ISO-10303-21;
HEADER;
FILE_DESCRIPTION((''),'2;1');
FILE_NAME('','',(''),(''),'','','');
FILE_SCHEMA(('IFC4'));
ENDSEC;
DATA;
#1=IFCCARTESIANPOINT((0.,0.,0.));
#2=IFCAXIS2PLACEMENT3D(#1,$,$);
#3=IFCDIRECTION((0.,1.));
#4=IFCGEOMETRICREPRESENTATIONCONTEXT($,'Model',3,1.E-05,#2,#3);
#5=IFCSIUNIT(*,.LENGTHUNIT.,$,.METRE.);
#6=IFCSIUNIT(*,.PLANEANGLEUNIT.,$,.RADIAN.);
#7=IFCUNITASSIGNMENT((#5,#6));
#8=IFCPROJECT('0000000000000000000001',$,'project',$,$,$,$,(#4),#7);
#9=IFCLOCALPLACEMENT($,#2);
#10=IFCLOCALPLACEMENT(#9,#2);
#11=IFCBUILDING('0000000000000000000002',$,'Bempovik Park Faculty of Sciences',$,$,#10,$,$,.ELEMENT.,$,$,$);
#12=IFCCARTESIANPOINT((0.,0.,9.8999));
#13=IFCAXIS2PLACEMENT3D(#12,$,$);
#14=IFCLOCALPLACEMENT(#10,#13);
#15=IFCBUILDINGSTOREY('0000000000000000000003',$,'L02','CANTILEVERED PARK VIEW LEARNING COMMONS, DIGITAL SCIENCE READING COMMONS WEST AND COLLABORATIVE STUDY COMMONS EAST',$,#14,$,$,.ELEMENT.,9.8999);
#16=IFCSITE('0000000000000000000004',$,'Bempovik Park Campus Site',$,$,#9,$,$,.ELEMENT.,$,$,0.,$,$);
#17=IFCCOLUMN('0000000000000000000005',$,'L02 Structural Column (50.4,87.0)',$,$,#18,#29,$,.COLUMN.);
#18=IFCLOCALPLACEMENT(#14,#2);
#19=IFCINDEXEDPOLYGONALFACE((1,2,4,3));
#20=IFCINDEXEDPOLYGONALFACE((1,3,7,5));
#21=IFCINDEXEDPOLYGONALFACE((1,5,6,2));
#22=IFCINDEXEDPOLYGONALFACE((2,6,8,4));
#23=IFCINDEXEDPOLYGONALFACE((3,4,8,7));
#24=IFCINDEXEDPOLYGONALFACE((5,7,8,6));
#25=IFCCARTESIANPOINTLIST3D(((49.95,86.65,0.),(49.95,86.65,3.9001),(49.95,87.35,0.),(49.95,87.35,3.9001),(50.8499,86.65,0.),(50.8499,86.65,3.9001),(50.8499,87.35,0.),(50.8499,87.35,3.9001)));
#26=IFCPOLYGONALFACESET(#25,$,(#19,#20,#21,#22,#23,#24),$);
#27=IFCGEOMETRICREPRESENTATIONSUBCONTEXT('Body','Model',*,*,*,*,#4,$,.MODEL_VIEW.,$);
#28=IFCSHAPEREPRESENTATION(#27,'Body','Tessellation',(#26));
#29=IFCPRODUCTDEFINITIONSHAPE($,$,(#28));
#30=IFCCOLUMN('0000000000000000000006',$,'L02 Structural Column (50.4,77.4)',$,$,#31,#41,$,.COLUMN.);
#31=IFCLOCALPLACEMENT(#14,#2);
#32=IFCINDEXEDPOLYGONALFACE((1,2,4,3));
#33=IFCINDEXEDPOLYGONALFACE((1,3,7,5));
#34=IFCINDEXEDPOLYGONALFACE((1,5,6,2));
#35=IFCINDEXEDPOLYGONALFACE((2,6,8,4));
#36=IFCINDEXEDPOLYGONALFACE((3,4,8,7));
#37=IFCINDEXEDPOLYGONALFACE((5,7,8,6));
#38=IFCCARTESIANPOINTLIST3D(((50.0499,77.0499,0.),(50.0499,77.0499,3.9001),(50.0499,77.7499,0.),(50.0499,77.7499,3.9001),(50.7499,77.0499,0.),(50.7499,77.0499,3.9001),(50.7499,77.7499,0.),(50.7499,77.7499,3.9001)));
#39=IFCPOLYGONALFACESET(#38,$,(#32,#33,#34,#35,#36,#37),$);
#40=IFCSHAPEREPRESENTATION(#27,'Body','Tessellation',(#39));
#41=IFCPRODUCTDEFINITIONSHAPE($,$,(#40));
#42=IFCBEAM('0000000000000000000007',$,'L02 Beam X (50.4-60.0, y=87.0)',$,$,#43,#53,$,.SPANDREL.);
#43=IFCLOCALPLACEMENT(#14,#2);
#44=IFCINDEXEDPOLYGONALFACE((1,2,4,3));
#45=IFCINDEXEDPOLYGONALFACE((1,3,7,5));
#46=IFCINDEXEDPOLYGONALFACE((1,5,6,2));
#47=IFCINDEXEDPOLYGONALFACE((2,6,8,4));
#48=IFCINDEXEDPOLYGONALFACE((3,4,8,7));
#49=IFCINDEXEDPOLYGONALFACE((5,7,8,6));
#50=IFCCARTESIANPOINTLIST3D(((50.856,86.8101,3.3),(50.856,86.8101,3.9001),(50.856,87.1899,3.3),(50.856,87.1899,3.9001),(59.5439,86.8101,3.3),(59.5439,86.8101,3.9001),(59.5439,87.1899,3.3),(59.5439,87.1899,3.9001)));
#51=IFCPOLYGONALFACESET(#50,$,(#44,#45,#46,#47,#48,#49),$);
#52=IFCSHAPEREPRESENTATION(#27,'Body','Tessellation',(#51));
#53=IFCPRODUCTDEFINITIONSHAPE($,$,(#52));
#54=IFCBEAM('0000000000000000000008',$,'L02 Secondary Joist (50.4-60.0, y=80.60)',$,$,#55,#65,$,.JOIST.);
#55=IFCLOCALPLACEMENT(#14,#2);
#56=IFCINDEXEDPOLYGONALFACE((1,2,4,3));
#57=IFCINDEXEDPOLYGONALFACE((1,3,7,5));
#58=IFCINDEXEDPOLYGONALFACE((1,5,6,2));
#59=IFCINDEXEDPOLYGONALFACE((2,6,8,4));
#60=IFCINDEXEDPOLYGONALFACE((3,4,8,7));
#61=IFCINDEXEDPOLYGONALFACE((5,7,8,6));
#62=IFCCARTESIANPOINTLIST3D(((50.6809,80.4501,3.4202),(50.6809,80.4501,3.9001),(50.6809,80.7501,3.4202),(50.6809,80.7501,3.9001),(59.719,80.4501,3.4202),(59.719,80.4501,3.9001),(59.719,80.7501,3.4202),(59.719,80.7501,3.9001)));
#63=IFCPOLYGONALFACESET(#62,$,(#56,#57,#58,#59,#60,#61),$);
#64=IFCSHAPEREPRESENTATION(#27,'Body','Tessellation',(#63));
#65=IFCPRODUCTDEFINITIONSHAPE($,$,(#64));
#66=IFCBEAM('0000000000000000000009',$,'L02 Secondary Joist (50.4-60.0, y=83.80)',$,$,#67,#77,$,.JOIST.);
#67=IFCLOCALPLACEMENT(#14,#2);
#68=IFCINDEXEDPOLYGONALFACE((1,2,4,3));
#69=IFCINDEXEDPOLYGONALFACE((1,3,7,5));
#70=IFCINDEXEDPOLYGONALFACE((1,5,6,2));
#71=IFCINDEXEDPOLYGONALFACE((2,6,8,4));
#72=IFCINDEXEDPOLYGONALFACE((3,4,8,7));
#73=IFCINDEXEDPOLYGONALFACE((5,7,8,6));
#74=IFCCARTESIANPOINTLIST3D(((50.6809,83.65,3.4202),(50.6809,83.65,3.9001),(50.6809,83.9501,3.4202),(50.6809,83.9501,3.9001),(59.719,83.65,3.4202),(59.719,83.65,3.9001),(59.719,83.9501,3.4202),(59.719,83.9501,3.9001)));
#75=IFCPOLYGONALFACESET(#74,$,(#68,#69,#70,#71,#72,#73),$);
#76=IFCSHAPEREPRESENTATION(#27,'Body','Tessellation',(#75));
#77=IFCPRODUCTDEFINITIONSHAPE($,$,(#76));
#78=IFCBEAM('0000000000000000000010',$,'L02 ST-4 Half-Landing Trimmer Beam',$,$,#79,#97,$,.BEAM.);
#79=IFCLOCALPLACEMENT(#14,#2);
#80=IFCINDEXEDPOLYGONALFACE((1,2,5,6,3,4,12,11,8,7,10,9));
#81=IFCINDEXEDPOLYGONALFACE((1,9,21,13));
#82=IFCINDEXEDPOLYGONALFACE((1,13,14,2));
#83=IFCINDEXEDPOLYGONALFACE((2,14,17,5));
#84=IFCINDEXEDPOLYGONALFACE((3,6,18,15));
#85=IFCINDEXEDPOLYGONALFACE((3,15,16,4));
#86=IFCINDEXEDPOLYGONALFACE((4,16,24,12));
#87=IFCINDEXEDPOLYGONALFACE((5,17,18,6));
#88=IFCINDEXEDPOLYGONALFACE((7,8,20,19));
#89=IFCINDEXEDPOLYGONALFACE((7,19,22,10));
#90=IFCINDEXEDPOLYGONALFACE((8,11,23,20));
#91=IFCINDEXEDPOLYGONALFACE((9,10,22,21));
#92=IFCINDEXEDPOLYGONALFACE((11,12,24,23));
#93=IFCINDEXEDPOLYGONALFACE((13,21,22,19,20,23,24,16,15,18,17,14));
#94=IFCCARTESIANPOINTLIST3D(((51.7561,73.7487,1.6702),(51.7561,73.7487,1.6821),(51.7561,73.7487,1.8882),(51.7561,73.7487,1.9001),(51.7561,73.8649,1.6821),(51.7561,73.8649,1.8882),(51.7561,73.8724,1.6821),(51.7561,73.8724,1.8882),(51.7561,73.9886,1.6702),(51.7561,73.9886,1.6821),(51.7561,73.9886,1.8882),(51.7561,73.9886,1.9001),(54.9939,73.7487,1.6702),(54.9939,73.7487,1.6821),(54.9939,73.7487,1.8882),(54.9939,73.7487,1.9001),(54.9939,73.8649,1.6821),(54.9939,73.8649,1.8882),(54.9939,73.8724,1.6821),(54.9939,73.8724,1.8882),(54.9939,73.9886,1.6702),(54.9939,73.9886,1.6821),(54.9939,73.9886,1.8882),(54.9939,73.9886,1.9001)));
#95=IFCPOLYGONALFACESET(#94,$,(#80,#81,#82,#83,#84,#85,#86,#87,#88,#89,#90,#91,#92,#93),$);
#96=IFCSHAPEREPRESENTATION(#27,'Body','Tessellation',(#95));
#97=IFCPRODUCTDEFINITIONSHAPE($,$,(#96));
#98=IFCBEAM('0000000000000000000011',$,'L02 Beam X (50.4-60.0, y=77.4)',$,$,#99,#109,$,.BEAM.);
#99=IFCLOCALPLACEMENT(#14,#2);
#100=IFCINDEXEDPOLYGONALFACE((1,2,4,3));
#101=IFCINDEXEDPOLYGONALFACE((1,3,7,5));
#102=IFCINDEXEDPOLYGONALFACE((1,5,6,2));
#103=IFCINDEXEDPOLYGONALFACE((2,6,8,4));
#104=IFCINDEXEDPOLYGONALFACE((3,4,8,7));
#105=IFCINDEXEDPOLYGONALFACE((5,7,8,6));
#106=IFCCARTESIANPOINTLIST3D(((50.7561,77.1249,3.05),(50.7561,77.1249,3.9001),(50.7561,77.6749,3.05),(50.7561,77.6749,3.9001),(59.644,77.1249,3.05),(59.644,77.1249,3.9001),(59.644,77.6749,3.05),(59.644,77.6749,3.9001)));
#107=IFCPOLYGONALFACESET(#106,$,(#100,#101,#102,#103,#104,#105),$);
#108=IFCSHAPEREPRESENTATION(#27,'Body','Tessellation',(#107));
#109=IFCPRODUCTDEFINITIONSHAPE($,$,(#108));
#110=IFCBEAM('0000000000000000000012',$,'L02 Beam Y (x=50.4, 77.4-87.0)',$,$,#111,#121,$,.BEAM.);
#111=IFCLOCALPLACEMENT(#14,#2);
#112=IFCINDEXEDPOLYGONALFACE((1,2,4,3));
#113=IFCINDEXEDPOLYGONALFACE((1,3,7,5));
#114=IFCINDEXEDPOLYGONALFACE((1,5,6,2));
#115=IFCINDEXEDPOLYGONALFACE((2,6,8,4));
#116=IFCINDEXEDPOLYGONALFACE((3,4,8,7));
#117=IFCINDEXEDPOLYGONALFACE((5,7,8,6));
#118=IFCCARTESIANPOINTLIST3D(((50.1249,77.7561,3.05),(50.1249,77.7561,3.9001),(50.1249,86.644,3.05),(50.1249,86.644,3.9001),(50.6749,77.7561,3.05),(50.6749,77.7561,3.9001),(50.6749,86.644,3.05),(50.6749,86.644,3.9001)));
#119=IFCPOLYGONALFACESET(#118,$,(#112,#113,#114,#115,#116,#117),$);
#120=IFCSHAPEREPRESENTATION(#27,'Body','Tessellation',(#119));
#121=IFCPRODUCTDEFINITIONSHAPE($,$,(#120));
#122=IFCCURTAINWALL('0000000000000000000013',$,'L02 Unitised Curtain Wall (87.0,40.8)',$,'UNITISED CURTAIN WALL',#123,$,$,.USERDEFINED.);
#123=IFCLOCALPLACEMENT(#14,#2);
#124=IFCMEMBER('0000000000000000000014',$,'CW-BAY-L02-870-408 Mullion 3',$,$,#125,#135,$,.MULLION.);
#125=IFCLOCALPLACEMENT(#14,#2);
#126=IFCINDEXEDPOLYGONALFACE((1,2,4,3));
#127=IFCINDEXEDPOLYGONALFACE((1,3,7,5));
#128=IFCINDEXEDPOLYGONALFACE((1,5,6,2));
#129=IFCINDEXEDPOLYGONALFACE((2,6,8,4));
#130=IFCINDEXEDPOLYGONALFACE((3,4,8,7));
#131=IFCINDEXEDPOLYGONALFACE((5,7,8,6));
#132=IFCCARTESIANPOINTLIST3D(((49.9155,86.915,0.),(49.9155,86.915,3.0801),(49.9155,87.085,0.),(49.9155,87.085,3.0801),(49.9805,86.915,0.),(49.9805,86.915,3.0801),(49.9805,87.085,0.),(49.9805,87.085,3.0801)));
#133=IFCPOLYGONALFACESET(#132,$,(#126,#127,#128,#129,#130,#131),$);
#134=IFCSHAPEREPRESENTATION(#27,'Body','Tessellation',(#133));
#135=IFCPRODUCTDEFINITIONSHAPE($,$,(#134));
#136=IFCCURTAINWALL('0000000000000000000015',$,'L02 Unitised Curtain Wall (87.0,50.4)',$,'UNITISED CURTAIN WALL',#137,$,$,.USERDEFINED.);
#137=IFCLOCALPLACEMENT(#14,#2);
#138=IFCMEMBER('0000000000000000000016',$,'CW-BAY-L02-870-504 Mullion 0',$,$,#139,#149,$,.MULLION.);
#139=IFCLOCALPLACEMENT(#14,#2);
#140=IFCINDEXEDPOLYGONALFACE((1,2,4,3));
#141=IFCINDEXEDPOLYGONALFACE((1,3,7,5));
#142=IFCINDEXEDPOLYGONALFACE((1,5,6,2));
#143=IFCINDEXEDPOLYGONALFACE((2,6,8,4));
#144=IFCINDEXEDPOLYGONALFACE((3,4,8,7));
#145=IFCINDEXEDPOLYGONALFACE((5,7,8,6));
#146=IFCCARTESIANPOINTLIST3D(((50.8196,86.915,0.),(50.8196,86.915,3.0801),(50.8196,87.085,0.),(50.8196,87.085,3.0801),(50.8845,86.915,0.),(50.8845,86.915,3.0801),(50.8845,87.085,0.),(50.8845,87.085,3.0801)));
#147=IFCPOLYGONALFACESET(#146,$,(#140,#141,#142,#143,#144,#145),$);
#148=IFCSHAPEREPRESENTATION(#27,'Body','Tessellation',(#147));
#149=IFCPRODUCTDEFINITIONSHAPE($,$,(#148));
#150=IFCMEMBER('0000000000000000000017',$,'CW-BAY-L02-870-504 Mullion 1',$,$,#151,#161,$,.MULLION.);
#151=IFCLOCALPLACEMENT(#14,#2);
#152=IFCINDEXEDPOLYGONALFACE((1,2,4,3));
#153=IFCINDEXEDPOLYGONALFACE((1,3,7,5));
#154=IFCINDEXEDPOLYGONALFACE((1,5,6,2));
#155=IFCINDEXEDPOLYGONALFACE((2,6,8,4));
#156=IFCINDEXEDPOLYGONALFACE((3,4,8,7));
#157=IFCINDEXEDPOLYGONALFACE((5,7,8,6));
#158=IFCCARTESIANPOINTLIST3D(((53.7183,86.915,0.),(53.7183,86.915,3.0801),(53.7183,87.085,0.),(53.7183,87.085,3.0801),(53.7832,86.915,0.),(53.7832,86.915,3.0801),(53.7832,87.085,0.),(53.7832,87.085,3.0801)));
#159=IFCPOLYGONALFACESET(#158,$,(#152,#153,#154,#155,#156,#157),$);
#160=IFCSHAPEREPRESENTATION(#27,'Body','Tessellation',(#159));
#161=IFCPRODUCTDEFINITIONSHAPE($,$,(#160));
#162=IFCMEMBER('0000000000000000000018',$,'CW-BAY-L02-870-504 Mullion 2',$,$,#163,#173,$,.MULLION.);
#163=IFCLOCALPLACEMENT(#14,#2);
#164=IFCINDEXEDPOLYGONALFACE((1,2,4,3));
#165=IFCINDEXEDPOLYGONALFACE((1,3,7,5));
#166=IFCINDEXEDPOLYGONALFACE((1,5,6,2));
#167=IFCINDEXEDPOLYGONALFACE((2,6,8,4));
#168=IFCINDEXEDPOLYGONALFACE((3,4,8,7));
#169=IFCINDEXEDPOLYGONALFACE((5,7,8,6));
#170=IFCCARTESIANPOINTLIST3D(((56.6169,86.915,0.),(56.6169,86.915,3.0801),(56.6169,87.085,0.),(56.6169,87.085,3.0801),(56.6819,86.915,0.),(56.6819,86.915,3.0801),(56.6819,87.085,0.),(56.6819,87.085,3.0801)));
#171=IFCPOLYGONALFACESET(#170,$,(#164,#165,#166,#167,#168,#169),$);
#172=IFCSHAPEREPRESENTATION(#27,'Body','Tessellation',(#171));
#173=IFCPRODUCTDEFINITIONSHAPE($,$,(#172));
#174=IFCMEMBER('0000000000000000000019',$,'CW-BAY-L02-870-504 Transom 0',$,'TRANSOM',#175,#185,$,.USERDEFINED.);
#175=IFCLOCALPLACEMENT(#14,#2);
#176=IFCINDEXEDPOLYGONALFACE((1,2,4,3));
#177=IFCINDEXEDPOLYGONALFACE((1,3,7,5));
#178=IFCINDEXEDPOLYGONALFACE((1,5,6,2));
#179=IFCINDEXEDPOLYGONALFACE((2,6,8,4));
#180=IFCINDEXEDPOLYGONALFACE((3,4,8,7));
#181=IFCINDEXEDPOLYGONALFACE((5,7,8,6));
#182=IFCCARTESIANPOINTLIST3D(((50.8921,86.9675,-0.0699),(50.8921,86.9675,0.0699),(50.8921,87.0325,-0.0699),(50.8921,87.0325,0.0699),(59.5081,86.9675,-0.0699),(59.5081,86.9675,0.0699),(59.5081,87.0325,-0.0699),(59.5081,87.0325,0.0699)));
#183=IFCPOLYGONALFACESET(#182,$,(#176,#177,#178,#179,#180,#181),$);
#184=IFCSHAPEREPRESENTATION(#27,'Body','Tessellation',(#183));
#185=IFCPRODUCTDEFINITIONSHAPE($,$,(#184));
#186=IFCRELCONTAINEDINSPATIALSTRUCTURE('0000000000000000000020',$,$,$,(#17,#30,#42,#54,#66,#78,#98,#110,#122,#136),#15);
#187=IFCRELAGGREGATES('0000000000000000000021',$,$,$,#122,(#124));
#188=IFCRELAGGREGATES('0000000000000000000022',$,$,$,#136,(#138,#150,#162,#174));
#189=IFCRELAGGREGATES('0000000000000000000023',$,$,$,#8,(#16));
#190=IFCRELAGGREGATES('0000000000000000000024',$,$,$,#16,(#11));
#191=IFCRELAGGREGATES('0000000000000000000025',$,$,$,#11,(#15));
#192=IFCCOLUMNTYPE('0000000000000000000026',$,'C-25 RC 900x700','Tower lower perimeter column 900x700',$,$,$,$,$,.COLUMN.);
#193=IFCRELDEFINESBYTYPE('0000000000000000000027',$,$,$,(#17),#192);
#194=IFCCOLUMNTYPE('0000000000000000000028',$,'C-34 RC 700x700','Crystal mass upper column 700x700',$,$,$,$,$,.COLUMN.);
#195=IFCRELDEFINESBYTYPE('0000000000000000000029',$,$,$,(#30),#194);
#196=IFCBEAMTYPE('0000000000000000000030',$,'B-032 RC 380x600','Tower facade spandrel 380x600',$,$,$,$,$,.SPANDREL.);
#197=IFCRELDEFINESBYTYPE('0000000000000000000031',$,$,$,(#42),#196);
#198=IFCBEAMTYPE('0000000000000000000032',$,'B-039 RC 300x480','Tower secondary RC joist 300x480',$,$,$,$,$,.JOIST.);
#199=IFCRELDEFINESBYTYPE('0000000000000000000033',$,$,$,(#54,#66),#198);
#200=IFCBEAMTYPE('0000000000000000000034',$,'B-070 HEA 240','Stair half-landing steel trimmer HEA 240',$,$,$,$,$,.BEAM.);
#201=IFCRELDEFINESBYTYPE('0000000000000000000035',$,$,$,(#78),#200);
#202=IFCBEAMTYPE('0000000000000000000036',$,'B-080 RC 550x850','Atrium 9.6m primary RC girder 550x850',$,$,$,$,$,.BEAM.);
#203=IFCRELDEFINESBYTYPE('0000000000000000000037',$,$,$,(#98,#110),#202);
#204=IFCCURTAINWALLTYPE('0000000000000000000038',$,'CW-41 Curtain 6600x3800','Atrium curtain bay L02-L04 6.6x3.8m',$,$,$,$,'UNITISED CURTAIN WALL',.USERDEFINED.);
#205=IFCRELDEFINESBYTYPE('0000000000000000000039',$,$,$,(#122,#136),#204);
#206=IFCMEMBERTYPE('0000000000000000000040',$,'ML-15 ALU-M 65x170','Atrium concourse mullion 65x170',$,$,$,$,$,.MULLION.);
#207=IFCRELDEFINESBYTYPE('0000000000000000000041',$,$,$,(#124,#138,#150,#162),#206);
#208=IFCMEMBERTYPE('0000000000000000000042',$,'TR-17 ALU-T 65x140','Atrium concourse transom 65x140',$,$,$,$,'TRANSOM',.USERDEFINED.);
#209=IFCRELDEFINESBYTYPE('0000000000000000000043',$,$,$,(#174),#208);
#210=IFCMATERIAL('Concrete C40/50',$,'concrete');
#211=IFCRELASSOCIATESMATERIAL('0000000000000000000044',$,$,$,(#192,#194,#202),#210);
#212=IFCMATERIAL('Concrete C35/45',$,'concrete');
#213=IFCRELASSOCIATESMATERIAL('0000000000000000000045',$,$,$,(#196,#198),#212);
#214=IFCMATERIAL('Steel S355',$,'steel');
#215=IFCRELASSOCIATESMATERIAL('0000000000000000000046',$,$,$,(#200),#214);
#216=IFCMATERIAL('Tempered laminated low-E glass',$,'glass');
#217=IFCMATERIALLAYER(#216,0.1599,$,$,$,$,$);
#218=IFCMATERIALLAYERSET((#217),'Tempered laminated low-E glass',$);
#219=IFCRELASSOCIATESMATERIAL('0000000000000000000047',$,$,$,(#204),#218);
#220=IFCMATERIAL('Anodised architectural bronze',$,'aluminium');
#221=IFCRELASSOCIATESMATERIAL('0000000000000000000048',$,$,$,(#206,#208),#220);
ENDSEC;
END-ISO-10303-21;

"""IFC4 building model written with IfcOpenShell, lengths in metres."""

from ifc_helpers import new_model, si_unit, direction, frame, origin, origin_2d, place, context, subcontext, project, spatial, rectangle, i_section, extrude, material, layer, layer_set, material_profile, profile_set, type_object, element, aggregate, save


model = new_model("IFC4")

# Units and contexts
model_context = context("Model", 3, precision=1e-05, world=origin(), true_north=direction((0.0, 1.0)))
body_context = subcontext(model_context, "Body", "Model", "MODEL_VIEW")
ifc_project = project(units=[si_unit("LENGTHUNIT", "METRE"), si_unit("PLANEANGLEUNIT", "RADIAN")], contexts=[model_context])

# Site, building, storey
site_placement = place(None, origin())
site = spatial("IfcSite", under=ifc_project, at=site_placement, Name="Bempovik Park Campus Site", CompositionType="ELEMENT", RefElevation=0.0)
building_placement = place(site_placement, origin())
building = spatial("IfcBuilding", under=site, at=building_placement, Name="Bempovik Park Faculty of Sciences", CompositionType="ELEMENT")
storey_placement = place(building_placement, frame((0.0, 0.0, 9.8999)))
storey = spatial("IfcBuildingStorey", under=building, at=storey_placement, Name="L02", Description="CANTILEVERED PARK VIEW LEARNING COMMONS, DIGITAL SCIENCE READING COMMONS WEST AND COLLABORATIVE STUDY COMMONS EAST", CompositionType="ELEMENT", Elevation=9.8999)

# Columns
ifc_material_1 = material(Name="Concrete C40/50", Category="concrete")
ifc_material_profile_1 = material_profile(ifc_material_1, rectangle(XDim=0.8999, YDim=0.7, at=origin_2d()), Name="RC 900x700")
ifc_profile_set_1 = profile_set([ifc_material_profile_1], Name="Concrete C40/50")
column_type_1 = type_object("IfcColumnType", Name="C-25 RC 900x700", Description="Tower lower perimeter column 900x700", PredefinedType="COLUMN", material=ifc_profile_set_1)
column_1_placement = place(storey_placement, frame((50.3999, 87.0, 0.0), z_axis=(0.0, 0.0, 1.0), x_axis=(1.0, 0.0, 0.0)))
element("IfcColumn", 1, at=column_1_placement, inside=storey, type_object=column_type_1, Name="L02 Structural Column (50.4,87.0)", PredefinedType="COLUMN", context=body_context, shape_type="SweptSolid", body=[
    extrude(rectangle(XDim=0.8999, YDim=0.7, at=origin_2d()), origin(), (0.0, 0.0, 1.0), 3.9001),
])
ifc_material_profile_2 = material_profile(ifc_material_1, rectangle(XDim=0.7, YDim=0.7, at=origin_2d()), Name="RC 700x700")
ifc_profile_set_2 = profile_set([ifc_material_profile_2], Name="Concrete C40/50")
column_type_2 = type_object("IfcColumnType", Name="C-34 RC 700x700", Description="Crystal mass upper column 700x700", PredefinedType="COLUMN", material=ifc_profile_set_2)
column_2_placement = place(storey_placement, frame((50.3999, 77.3999, 0.0), z_axis=(0.0, 0.0, 1.0), x_axis=(1.0, 0.0, 0.0)))
element("IfcColumn", 2, at=column_2_placement, inside=storey, type_object=column_type_2, Name="L02 Structural Column (50.4,77.4)", PredefinedType="COLUMN", context=body_context, shape_type="SweptSolid", body=[
    extrude(rectangle(XDim=0.7, YDim=0.7, at=origin_2d()), origin(), (0.0, 0.0, 1.0), 3.9001),
])

# Beams
ifc_material_2 = material(Name="Concrete C35/45", Category="concrete")
ifc_material_profile_3 = material_profile(ifc_material_2, rectangle(XDim=0.3799, YDim=0.6001, at=origin_2d()), Name="RC 380x600")
ifc_profile_set_3 = profile_set([ifc_material_profile_3], Name="Concrete C35/45")
beam_type_1 = type_object("IfcBeamType", Name="B-032 RC 380x600", Description="Tower facade spandrel 380x600", PredefinedType="SPANDREL", material=ifc_profile_set_3)
beam_1_placement = place(storey_placement, frame((50.856, 87.0, 3.6001), z_axis=(1.0, 0.0, 0.0), x_axis=(0.0, 1.0, 0.0)))
element("IfcBeam", 3, at=beam_1_placement, inside=storey, type_object=beam_type_1, Name="L02 Beam X (50.4-60.0, y=87.0)", PredefinedType="SPANDREL", context=body_context, shape_type="SweptSolid", body=[
    extrude(rectangle(XDim=0.3799, YDim=0.6001, at=origin_2d()), origin(), (0.0, 0.0, 1.0), 8.688),
])
ifc_material_profile_4 = material_profile(ifc_material_2, rectangle(XDim=0.3, YDim=0.48, at=origin_2d()), Name="RC 300x480")
ifc_profile_set_4 = profile_set([ifc_material_profile_4], Name="Concrete C35/45")
beam_type_2 = type_object("IfcBeamType", Name="B-039 RC 300x480", Description="Tower secondary RC joist 300x480", PredefinedType="JOIST", material=ifc_profile_set_4)
for number, where, z_axis, x_axis, name in (
    (4, (50.6809, 80.6001, 3.6602), (1.0, 0.0, 0.0), (0.0, 1.0, 0.0), "L02 Secondary Joist (50.4-60.0, y=80.60)"),
    (5, (50.6809, 83.8, 3.6602), (1.0, 0.0, 0.0), (0.0, 1.0, 0.0), "L02 Secondary Joist (50.4-60.0, y=83.80)"),
):
    element("IfcBeam", number, at=place(storey_placement, frame(where, z_axis=z_axis, x_axis=x_axis)), inside=storey, type_object=beam_type_2, Name=name, PredefinedType="JOIST", context=body_context, shape_type="SweptSolid", body=[
        extrude(rectangle(XDim=0.3, YDim=0.48, at=origin_2d()), origin(), (0.0, 0.0, 1.0), 9.0381),
    ])
ifc_material_3 = material(Name="Steel S355", Category="steel")
ifc_material_profile_5 = material_profile(ifc_material_3, i_section(OverallWidth=0.24, OverallDepth=0.23, WebThickness=0.0076, FlangeThickness=0.012, at=origin_2d()), Name="HEA 240")
ifc_profile_set_5 = profile_set([ifc_material_profile_5], Name="Steel S355")
beam_type_3 = type_object("IfcBeamType", Name="B-070 HEA 240", Description="Stair half-landing steel trimmer HEA 240", PredefinedType="BEAM", material=ifc_profile_set_5)
beam_2_placement = place(storey_placement, frame((51.7561, 73.8687, 1.7852), z_axis=(1.0, 0.0, 0.0), x_axis=(0.0, 1.0, 0.0)))
element("IfcBeam", 6, at=beam_2_placement, inside=storey, type_object=beam_type_3, Name="L02 ST-4 Half-Landing Trimmer Beam", PredefinedType="BEAM", context=body_context, shape_type="SweptSolid", body=[
    extrude(i_section(OverallWidth=0.24, OverallDepth=0.23, WebThickness=0.0076, FlangeThickness=0.012, at=origin_2d()), origin(), (0.0, 0.0, 1.0), 3.2378),
])
ifc_material_profile_6 = material_profile(ifc_material_1, rectangle(XDim=0.55, YDim=0.8501, at=origin_2d()), Name="RC 550x850")
ifc_profile_set_6 = profile_set([ifc_material_profile_6], Name="Concrete C40/50")
beam_type_4 = type_object("IfcBeamType", Name="B-080 RC 550x850", Description="Atrium 9.6m primary RC girder 550x850", PredefinedType="BEAM", material=ifc_profile_set_6)
for number, where, z_axis, x_axis, name in (
    (7, (50.7561, 77.3999, 3.4751), (1.0, 0.0, 0.0), (0.0, 1.0, 0.0), "L02 Beam X (50.4-60.0, y=77.4)"),
    (8, (50.3999, 77.7561, 3.4751), (0.0, 1.0, 0.0), (-1.0, 0.0, 0.0), "L02 Beam Y (x=50.4, 77.4-87.0)"),
):
    element("IfcBeam", number, at=place(storey_placement, frame(where, z_axis=z_axis, x_axis=x_axis)), inside=storey, type_object=beam_type_4, Name=name, PredefinedType="BEAM", context=body_context, shape_type="SweptSolid", body=[
        extrude(rectangle(XDim=0.55, YDim=0.8501, at=origin_2d()), origin(), (0.0, 0.0, 1.0), 8.8879),
    ])

# Curtain wall, member
ifc_material_4 = material(Name="Tempered laminated low-E glass", Category="glass")
ifc_layer_1 = layer(ifc_material_4, 0.1599)
ifc_layer_set_1 = layer_set([ifc_layer_1], Name="Tempered laminated low-E glass")
curtain_wall_type = type_object("IfcCurtainWallType", Name="CW-41 Curtain 6600x3800", Description="Atrium curtain bay L02-L04 6.6x3.8m", ElementType="UNITISED CURTAIN WALL", PredefinedType="USERDEFINED", material=ifc_layer_set_1)
curtain_wall_1_placement = place(storey_placement, origin())
curtain_wall_1 = element("IfcCurtainWall", 9, at=curtain_wall_1_placement, inside=storey, type_object=curtain_wall_type, Name="L02 Unitised Curtain Wall (87.0,40.8)", ObjectType="UNITISED CURTAIN WALL", PredefinedType="USERDEFINED")
ifc_material_5 = material(Name="Anodised architectural bronze", Category="aluminium")
ifc_material_profile_7 = material_profile(ifc_material_5, rectangle(XDim=0.0649, YDim=0.1699, at=origin_2d()), Name="ALU-M 65x170")
ifc_profile_set_7 = profile_set([ifc_material_profile_7], Name="Anodised architectural bronze")
member_type_1 = type_object("IfcMemberType", Name="ML-15 ALU-M 65x170", Description="Atrium concourse mullion 65x170", PredefinedType="MULLION", material=ifc_profile_set_7)
member_1_placement = place(storey_placement, frame((49.948, 87.0, 0.0), z_axis=(0.0, 0.0, 1.0), x_axis=(1.0, 0.0, 0.0)))
member_1 = element("IfcMember", 10, at=member_1_placement, type_object=member_type_1, Name="CW-BAY-L02-870-408 Mullion 3", PredefinedType="MULLION", context=body_context, shape_type="SweptSolid", body=[
    extrude(rectangle(XDim=0.0649, YDim=0.1699, at=origin_2d()), origin(), (0.0, 0.0, 1.0), 3.0801),
])

# Curtain wall, members
curtain_wall_2_placement = place(storey_placement, origin())
curtain_wall_2 = element("IfcCurtainWall", 11, at=curtain_wall_2_placement, inside=storey, type_object=curtain_wall_type, Name="L02 Unitised Curtain Wall (87.0,50.4)", ObjectType="UNITISED CURTAIN WALL", PredefinedType="USERDEFINED")
member_2_placement = place(storey_placement, frame((50.8521, 87.0, 0.0), z_axis=(0.0, 0.0, 1.0), x_axis=(1.0, 0.0, 0.0)))
member_2 = element("IfcMember", 12, at=member_2_placement, type_object=member_type_1, Name="CW-BAY-L02-870-504 Mullion 0", PredefinedType="MULLION", context=body_context, shape_type="SweptSolid", body=[
    extrude(rectangle(XDim=0.0649, YDim=0.1699, at=origin_2d()), origin(), (0.0, 0.0, 1.0), 3.0801),
])
member_3_placement = place(storey_placement, frame((53.7507, 87.0, 0.0), z_axis=(0.0, 0.0, 1.0), x_axis=(1.0, 0.0, 0.0)))
member_3 = element("IfcMember", 13, at=member_3_placement, type_object=member_type_1, Name="CW-BAY-L02-870-504 Mullion 1", PredefinedType="MULLION", context=body_context, shape_type="SweptSolid", body=[
    extrude(rectangle(XDim=0.0649, YDim=0.1699, at=origin_2d()), origin(), (0.0, 0.0, 1.0), 3.0801),
])
member_4_placement = place(storey_placement, frame((56.6494, 87.0, 0.0), z_axis=(0.0, 0.0, 1.0), x_axis=(1.0, 0.0, 0.0)))
member_4 = element("IfcMember", 14, at=member_4_placement, type_object=member_type_1, Name="CW-BAY-L02-870-504 Mullion 2", PredefinedType="MULLION", context=body_context, shape_type="SweptSolid", body=[
    extrude(rectangle(XDim=0.0649, YDim=0.1699, at=origin_2d()), origin(), (0.0, 0.0, 1.0), 3.0801),
])
ifc_material_profile_8 = material_profile(ifc_material_5, rectangle(XDim=0.0649, YDim=0.1399, at=origin_2d()), Name="ALU-T 65x140")
ifc_profile_set_8 = profile_set([ifc_material_profile_8], Name="Anodised architectural bronze")
member_type_2 = type_object("IfcMemberType", Name="TR-17 ALU-T 65x140", Description="Atrium concourse transom 65x140", ElementType="TRANSOM", PredefinedType="USERDEFINED", material=ifc_profile_set_8)
member_5_placement = place(storey_placement, frame((50.8921, 87.0, 0.0), z_axis=(1.0, 0.0, 0.0), x_axis=(0.0, 1.0, 0.0)))
member_5 = element("IfcMember", 15, at=member_5_placement, type_object=member_type_2, Name="CW-BAY-L02-870-504 Transom 0", ObjectType="TRANSOM", PredefinedType="USERDEFINED", context=body_context, shape_type="SweptSolid", body=[
    extrude(rectangle(XDim=0.0649, YDim=0.1399, at=origin_2d()), origin(), (0.0, 0.0, 1.0), 8.616),
])

aggregate(curtain_wall_1, [member_1])
aggregate(curtain_wall_2, [member_2, member_3, member_4, member_5])

save(model, "model.ifc")
